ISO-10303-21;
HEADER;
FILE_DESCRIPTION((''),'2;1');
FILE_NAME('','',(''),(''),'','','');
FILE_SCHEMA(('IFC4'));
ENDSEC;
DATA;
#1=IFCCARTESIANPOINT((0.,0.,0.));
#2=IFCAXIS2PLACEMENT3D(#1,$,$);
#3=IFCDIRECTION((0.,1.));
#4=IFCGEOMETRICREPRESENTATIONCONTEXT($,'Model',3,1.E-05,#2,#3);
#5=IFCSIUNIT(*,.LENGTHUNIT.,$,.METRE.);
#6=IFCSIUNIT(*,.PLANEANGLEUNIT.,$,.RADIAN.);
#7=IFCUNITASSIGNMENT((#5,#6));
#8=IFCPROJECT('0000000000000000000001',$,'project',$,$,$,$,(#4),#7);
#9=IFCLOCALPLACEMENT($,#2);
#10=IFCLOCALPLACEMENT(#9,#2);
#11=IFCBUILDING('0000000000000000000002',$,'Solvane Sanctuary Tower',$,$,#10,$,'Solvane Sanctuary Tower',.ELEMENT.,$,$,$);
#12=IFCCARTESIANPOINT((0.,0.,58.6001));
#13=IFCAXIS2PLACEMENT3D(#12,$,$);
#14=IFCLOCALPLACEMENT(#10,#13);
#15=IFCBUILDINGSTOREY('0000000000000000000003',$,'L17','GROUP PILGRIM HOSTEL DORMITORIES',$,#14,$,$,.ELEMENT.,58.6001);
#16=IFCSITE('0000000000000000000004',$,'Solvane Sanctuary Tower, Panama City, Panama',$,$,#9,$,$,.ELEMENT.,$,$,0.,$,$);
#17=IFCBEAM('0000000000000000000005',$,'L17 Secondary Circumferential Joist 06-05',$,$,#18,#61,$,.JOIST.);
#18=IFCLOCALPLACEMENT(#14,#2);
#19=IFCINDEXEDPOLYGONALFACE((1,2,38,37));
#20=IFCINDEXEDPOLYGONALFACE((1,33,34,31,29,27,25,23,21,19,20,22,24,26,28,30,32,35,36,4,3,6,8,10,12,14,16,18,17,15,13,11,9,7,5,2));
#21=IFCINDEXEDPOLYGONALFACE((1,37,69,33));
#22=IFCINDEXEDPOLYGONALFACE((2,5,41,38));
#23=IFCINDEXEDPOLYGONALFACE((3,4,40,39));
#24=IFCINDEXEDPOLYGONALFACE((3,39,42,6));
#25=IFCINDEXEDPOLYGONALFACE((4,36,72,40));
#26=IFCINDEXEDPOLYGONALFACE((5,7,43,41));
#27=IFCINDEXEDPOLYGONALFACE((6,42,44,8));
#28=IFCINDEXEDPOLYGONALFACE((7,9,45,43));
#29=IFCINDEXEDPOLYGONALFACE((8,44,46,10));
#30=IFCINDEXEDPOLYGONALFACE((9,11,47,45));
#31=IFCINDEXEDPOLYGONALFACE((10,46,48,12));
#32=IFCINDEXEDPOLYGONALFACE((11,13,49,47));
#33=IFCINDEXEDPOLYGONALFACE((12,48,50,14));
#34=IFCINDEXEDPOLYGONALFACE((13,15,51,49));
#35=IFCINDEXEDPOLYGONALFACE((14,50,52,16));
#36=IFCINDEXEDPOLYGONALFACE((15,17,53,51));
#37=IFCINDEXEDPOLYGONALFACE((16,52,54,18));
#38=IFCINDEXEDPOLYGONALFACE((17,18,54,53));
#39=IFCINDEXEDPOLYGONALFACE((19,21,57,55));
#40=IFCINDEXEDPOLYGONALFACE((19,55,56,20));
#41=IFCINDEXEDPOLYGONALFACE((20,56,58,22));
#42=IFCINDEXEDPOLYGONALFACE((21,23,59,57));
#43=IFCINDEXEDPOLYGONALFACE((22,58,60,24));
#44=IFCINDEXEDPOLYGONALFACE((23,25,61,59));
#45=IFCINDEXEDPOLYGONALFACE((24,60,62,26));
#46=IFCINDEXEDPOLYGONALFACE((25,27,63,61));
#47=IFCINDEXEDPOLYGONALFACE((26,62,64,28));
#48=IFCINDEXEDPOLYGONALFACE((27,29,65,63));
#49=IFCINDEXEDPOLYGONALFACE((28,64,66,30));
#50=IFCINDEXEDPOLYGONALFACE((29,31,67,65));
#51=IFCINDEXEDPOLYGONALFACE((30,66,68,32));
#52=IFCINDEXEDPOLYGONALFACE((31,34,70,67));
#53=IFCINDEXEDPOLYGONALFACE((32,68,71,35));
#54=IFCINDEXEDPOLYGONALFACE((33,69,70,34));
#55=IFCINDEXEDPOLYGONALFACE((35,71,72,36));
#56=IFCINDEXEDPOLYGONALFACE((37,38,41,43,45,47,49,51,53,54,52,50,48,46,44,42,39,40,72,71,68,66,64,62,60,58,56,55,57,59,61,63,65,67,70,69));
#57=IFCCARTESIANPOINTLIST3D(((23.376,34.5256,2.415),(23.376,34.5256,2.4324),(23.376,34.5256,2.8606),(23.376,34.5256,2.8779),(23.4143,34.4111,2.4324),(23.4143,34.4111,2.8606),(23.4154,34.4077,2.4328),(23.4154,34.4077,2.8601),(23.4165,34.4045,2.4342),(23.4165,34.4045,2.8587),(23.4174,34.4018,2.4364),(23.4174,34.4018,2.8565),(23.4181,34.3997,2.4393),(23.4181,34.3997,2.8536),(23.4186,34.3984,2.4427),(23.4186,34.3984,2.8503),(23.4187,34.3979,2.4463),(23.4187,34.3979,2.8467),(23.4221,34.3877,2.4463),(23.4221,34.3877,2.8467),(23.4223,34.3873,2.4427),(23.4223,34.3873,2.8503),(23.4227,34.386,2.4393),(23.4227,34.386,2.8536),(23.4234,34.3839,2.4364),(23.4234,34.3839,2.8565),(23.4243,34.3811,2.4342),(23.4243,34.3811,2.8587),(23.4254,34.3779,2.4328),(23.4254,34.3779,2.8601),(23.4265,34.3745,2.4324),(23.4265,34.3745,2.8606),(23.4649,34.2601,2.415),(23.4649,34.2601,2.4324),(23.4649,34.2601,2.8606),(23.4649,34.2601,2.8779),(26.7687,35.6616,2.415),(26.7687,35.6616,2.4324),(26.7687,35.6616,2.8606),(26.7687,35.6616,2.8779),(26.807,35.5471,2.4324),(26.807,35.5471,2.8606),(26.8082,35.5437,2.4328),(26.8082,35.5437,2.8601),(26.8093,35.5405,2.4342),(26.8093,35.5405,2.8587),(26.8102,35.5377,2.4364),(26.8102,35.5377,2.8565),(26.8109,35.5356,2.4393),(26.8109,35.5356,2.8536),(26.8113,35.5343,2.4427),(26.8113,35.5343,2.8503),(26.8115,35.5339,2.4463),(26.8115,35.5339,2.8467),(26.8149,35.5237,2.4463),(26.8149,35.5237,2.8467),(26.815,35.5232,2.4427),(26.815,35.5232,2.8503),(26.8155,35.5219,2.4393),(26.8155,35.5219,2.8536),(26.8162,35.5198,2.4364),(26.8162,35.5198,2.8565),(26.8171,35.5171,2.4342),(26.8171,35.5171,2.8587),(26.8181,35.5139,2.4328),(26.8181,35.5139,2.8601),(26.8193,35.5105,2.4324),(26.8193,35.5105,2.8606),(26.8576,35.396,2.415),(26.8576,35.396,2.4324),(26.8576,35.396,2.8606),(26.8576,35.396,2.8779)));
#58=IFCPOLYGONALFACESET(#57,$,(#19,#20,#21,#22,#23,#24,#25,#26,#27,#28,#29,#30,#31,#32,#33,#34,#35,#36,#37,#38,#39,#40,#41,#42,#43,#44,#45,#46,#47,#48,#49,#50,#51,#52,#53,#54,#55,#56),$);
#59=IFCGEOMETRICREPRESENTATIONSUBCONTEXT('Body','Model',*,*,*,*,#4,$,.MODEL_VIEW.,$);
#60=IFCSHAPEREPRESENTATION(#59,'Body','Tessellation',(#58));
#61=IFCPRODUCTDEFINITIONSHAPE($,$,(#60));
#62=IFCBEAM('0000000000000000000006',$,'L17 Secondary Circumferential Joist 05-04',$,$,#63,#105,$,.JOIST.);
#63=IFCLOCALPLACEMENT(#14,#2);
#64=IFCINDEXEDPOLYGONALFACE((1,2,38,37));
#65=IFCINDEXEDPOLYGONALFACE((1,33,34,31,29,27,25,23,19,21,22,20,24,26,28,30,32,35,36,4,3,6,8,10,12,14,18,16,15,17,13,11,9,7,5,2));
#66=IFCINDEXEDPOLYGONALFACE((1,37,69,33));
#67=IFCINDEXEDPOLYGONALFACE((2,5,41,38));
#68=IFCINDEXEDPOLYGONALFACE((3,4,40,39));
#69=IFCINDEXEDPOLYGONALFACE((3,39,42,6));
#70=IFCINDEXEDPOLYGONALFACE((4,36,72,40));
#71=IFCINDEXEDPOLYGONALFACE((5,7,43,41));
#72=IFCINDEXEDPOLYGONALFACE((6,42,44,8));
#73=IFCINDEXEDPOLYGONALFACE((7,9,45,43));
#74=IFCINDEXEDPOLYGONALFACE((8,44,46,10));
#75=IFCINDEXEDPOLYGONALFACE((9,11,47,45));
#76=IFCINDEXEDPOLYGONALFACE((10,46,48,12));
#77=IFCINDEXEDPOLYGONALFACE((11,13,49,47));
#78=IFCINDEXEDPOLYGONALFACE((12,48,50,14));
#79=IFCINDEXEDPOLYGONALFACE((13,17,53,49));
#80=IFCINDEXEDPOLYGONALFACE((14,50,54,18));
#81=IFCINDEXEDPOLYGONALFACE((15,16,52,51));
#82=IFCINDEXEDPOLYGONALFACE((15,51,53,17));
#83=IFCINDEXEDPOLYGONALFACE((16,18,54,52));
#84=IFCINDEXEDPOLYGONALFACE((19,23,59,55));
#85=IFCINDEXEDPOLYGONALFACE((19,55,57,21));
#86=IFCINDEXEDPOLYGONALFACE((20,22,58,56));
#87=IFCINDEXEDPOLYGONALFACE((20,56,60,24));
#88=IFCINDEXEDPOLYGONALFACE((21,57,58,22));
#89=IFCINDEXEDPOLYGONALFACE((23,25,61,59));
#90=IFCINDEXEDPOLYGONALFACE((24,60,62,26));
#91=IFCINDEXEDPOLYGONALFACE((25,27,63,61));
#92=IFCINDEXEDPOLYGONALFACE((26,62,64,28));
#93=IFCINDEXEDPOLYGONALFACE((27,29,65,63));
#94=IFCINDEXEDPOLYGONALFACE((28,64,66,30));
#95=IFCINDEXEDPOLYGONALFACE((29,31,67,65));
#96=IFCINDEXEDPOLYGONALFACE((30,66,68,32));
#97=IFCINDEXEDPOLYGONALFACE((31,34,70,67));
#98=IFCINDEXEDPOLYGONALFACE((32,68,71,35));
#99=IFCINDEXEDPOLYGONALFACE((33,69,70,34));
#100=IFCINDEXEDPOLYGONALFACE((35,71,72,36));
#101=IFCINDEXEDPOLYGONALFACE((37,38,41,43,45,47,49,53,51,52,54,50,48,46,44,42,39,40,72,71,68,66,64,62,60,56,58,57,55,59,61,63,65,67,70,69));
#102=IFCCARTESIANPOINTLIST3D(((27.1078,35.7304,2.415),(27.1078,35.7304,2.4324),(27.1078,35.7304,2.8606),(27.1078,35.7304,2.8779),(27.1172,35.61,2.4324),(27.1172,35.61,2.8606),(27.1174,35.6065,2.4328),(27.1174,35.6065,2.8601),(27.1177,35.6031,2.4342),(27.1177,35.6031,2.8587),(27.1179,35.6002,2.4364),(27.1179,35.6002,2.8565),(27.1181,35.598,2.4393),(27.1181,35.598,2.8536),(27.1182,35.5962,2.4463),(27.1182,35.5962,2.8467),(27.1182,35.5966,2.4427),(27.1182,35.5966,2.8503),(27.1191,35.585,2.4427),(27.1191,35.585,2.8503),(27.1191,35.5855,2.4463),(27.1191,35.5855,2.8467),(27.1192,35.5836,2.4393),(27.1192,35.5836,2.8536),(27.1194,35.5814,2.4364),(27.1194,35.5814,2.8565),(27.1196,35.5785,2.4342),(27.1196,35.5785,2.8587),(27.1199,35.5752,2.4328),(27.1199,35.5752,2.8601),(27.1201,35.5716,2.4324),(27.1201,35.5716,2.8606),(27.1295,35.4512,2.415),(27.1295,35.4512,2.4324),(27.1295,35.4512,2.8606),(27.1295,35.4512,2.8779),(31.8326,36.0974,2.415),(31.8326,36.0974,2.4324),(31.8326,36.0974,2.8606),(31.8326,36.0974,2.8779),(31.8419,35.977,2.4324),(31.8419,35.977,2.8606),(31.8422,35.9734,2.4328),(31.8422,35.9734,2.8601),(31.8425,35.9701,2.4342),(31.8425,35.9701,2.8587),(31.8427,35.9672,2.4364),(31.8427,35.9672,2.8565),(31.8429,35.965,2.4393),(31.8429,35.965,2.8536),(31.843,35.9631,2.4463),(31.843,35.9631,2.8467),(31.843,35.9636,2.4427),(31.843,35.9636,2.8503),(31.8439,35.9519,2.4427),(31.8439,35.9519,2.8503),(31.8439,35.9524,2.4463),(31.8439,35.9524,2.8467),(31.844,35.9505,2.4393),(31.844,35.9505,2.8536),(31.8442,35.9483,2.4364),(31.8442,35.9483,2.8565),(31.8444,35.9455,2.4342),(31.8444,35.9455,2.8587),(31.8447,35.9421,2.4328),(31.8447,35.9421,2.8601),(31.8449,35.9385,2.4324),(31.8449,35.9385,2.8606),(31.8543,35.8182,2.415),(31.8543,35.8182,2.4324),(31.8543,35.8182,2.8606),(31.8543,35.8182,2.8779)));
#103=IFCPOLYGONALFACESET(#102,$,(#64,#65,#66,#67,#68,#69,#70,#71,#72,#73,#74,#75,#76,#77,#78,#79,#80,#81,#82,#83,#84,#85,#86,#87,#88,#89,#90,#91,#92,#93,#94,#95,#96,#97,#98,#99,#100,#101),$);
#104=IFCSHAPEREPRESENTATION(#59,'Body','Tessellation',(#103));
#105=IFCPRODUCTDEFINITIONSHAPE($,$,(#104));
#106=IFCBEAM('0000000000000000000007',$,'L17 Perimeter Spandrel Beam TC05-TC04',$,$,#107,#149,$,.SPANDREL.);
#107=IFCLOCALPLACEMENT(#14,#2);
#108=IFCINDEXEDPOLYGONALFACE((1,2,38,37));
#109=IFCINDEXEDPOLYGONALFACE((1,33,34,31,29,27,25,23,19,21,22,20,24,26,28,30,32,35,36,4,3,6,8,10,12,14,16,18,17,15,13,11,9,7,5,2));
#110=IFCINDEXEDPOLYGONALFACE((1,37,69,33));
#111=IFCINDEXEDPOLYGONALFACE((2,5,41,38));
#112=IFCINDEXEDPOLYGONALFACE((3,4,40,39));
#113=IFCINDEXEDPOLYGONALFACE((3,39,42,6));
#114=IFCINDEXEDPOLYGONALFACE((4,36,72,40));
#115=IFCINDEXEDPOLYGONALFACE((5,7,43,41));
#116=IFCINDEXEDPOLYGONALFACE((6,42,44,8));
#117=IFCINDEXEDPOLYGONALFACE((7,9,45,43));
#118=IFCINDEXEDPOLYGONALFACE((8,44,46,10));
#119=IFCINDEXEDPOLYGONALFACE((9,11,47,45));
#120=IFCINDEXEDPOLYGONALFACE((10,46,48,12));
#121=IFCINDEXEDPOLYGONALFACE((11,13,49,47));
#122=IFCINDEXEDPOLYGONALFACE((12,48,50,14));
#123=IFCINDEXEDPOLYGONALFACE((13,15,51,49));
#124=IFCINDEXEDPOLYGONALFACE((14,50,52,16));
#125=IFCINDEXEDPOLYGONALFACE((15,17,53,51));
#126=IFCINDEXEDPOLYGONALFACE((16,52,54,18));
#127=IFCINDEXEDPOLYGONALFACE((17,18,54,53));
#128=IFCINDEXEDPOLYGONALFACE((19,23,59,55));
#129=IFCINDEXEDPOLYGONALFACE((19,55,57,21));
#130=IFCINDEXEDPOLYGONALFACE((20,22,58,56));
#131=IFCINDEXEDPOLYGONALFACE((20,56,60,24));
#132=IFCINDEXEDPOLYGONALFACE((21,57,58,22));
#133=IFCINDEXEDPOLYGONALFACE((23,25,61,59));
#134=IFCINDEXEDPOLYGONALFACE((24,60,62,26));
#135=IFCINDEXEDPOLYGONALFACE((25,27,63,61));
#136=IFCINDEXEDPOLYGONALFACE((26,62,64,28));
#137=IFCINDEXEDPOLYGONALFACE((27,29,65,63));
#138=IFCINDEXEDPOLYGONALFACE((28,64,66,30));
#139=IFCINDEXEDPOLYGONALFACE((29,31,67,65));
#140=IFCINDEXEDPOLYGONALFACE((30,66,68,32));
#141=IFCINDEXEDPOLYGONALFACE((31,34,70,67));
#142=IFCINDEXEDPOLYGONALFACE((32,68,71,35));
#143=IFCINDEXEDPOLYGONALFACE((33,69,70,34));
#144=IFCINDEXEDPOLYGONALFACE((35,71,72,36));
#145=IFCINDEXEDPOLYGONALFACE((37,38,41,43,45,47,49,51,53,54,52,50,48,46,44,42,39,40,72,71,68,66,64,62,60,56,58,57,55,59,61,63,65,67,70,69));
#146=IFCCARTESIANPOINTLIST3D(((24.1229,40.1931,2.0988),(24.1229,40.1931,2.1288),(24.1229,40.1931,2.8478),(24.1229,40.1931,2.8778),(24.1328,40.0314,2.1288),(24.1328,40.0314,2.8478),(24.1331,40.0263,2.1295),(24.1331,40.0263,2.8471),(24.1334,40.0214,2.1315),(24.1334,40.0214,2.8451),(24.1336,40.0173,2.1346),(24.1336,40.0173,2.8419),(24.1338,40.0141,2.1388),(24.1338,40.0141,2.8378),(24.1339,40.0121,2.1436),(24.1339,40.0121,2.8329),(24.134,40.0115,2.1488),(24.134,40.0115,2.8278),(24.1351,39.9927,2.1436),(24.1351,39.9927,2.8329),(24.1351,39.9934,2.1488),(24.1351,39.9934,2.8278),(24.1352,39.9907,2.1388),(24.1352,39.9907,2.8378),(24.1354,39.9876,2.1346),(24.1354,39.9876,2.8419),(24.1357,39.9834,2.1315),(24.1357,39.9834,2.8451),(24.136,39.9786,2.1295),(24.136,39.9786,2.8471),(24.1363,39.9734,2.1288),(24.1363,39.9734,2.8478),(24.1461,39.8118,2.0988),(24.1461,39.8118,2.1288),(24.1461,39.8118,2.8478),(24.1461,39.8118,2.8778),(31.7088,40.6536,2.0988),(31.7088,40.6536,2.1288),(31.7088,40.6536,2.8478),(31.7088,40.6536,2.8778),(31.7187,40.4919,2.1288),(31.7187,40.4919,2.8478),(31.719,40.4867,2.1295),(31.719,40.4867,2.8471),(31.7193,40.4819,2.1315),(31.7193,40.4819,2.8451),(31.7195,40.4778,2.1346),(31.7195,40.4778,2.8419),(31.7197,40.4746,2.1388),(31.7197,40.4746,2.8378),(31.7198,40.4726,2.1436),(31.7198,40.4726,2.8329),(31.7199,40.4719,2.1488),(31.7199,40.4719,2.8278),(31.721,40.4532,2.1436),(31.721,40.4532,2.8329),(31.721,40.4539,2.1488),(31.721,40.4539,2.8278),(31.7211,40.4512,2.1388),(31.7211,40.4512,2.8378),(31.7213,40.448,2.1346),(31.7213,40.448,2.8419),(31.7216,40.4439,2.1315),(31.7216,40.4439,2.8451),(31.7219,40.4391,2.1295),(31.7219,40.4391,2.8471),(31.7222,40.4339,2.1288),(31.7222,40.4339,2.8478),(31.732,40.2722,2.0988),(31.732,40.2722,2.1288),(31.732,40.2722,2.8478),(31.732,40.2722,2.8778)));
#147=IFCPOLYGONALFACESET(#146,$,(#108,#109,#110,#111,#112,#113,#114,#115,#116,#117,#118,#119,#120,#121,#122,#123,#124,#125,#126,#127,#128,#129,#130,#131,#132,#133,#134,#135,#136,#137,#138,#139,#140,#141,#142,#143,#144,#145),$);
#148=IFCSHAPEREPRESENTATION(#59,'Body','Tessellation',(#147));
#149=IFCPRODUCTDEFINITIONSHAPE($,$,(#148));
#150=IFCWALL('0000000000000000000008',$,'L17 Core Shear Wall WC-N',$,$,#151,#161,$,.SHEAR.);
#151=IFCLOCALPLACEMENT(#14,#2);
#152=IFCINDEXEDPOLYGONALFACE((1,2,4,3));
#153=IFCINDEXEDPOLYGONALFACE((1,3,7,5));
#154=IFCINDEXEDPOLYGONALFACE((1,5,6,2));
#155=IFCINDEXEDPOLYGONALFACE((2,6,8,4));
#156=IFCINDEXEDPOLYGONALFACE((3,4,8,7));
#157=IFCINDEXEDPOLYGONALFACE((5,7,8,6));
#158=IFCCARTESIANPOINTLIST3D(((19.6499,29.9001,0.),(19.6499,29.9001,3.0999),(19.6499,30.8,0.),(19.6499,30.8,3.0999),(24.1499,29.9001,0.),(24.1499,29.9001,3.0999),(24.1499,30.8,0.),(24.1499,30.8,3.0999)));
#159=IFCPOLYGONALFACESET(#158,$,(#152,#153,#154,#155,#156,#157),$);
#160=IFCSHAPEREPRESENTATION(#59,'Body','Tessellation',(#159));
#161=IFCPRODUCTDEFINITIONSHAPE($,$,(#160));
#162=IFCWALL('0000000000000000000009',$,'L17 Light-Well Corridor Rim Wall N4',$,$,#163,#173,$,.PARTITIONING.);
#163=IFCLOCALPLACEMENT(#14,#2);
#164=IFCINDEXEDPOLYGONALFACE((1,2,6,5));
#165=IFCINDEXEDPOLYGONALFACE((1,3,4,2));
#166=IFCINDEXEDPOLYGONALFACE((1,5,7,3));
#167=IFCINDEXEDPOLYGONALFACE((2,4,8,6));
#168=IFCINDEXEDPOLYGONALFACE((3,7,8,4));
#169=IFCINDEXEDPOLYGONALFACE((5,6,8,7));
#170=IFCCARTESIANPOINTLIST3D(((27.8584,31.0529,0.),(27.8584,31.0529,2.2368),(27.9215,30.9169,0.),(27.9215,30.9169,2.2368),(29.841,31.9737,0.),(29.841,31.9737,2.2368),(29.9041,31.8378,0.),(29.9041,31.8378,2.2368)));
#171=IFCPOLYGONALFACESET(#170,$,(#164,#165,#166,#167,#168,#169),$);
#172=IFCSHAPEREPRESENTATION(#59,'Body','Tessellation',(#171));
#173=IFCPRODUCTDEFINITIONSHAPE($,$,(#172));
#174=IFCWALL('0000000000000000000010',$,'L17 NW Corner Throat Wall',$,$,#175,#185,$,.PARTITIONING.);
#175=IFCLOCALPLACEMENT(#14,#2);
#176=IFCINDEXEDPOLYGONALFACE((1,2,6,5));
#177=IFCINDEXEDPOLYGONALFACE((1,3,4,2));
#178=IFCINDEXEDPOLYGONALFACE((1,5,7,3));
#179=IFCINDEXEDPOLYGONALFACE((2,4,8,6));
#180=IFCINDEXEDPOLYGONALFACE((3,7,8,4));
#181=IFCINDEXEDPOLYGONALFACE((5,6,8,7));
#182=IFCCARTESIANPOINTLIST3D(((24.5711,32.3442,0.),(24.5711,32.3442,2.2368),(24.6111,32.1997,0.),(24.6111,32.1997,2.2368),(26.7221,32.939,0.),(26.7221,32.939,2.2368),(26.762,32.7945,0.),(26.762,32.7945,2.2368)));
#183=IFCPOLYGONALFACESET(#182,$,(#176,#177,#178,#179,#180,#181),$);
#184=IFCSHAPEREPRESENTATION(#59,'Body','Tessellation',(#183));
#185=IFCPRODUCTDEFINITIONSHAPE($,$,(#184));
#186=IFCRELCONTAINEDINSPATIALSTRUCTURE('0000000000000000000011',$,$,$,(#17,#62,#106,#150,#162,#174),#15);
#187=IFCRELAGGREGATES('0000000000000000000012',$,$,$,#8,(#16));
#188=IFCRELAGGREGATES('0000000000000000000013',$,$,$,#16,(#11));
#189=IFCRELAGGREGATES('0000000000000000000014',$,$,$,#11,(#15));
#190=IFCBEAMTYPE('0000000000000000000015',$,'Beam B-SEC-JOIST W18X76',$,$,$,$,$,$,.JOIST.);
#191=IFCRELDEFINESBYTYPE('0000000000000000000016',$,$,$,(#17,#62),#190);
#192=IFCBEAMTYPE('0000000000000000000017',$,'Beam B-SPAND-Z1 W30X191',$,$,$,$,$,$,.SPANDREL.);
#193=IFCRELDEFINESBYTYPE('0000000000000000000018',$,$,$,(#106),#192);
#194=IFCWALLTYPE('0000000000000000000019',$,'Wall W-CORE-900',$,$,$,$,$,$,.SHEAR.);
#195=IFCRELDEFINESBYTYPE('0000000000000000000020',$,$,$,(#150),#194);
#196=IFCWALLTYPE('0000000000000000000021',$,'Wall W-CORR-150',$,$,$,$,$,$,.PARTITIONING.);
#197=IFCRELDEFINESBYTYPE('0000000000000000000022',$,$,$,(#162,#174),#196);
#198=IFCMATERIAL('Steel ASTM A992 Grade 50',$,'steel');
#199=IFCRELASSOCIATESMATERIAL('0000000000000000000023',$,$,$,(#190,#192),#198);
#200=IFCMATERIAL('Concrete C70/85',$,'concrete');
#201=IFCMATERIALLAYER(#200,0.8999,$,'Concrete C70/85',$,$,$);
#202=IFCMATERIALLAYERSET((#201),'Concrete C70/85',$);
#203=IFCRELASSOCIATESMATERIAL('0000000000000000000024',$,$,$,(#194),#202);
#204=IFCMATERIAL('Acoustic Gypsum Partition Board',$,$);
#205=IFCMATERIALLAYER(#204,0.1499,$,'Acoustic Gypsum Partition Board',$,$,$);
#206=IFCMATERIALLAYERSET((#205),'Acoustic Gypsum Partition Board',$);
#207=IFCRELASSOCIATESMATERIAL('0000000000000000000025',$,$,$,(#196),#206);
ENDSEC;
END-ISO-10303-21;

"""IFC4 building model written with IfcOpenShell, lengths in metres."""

from ifc_helpers import new_model, si_unit, direction, frame, frame_2d, origin, origin_2d, place, context, subcontext, project, spatial, rectangle, i_section, extrude, material, layer, layer_set, material_profile, profile_set, type_object, element, save


model = new_model("IFC4")

# Units and contexts
model_context = context("Model", 3, precision=1e-05, world=origin(), true_north=direction((0.0, 1.0)))
body_context = subcontext(model_context, "Body", "Model", "MODEL_VIEW")
ifc_project = project(units=[si_unit("LENGTHUNIT", "METRE"), si_unit("PLANEANGLEUNIT", "RADIAN")], contexts=[model_context])

# Site, building, storey
site_placement = place(None, origin())
site = spatial("IfcSite", under=ifc_project, at=site_placement, Name="Solvane Sanctuary Tower, Panama City, Panama", CompositionType="ELEMENT", RefElevation=0.0)
building_placement = place(site_placement, origin())
building = spatial("IfcBuilding", under=site, at=building_placement, Name="Solvane Sanctuary Tower", LongName="Solvane Sanctuary Tower", CompositionType="ELEMENT")
storey_placement = place(building_placement, frame((0.0, 0.0, 58.6001)))
storey = spatial("IfcBuildingStorey", under=building, at=storey_placement, Name="L17", Description="GROUP PILGRIM HOSTEL DORMITORIES", CompositionType="ELEMENT", Elevation=58.6001)

# Shared definitions
ifc_material_1 = material(Name="Concrete C70/85", Category="concrete")

# Beams
ifc_material_2 = material(Name="Steel ASTM A992 Grade 50", Category="steel")
ifc_material_profile_1 = material_profile(ifc_material_2, i_section(OverallWidth=0.28, OverallDepth=0.4629, WebThickness=0.0107, FlangeThickness=0.0173, FilletRadius=0.0139, at=origin_2d()), Name="W18X76")
ifc_profile_set_1 = profile_set([ifc_material_profile_1], Name="Steel ASTM A992 Grade 50")
beam_type_1 = type_object("IfcBeamType", Name="Beam B-SEC-JOIST W18X76", PredefinedType="JOIST", material=ifc_profile_set_1)
beam_1_placement = place(storey_placement, frame((23.4204, 34.3928, 2.6465), z_axis=(0.948259, 0.317497, 0.0), x_axis=(-0.317497, 0.948259, 0.0)))
element("IfcBeam", 1, at=beam_1_placement, inside=storey, type_object=beam_type_1, Name="L17 Secondary Circumferential Joist 06-05", PredefinedType="JOIST", context=body_context, shape_type="SweptSolid", body=[
    extrude(i_section(OverallWidth=0.28, OverallDepth=0.4629, WebThickness=0.0107, FlangeThickness=0.0173, FilletRadius=0.0139, at=origin_2d()), origin(), (0.0, 0.0, 1.0), 3.5779),
])
beam_2_placement = place(storey_placement, frame((27.1187, 35.5908, 2.6465), z_axis=(0.996998, 0.077429, 0.0), x_axis=(-0.077429, 0.996998, 0.0)))
element("IfcBeam", 2, at=beam_2_placement, inside=storey, type_object=beam_type_1, Name="L17 Secondary Circumferential Joist 05-04", PredefinedType="JOIST", context=body_context, shape_type="SweptSolid", body=[
    extrude(i_section(OverallWidth=0.28, OverallDepth=0.4629, WebThickness=0.0107, FlangeThickness=0.0173, FilletRadius=0.0139, at=origin_2d()), origin(), (0.0, 0.0, 1.0), 4.739),
])
ifc_material_profile_2 = material_profile(ifc_material_2, i_section(OverallWidth=0.3821, OverallDepth=0.7791, WebThickness=0.0181, FlangeThickness=0.03, FilletRadius=0.02, at=origin_2d()), Name="W30X191")
ifc_profile_set_2 = profile_set([ifc_material_profile_2], Name="Steel ASTM A992 Grade 50")
beam_type_2 = type_object("IfcBeamType", Name="Beam B-SPAND-Z1 W30X191", PredefinedType="SPANDREL", material=ifc_profile_set_2)
beam_3_placement = place(storey_placement, frame((24.1345, 40.0024, 2.4883), z_axis=(0.998163, 0.060586, 0.0), x_axis=(-0.060586, 0.998163, 0.0)))
element("IfcBeam", 3, at=beam_3_placement, inside=storey, type_object=beam_type_2, Name="L17 Perimeter Spandrel Beam TC05-TC04", PredefinedType="SPANDREL", context=body_context, shape_type="SweptSolid", body=[
    extrude(i_section(OverallWidth=0.3821, OverallDepth=0.7791, WebThickness=0.0181, FlangeThickness=0.03, FilletRadius=0.02, at=origin_2d()), origin(), (0.0, 0.0, 1.0), 7.5999),
])

# Walls
ifc_layer_1 = layer(ifc_material_1, 0.8999, Name="Concrete C70/85")
ifc_layer_set_1 = layer_set([ifc_layer_1], Name="Concrete C70/85")
wall_type_1 = type_object("IfcWallType", Name="Wall W-CORE-900", PredefinedType="SHEAR", material=ifc_layer_set_1)
wall_1_placement = place(storey_placement, frame((19.6499, 30.3501, 0.0), z_axis=(0.0, 0.0, 1.0), x_axis=(1.0, 0.0, 0.0)))
element("IfcWall", 4, at=wall_1_placement, inside=storey, type_object=wall_type_1, Name="L17 Core Shear Wall WC-N", PredefinedType="SHEAR", context=body_context, shape_type="SweptSolid", body=[
    extrude(rectangle(XDim=4.5, YDim=0.8999, at=frame_2d((2.25, 0.0))), origin(), (0.0, 0.0, 1.0), 3.0999),
])
ifc_material_3 = material(Name="Acoustic Gypsum Partition Board")
ifc_layer_2 = layer(ifc_material_3, 0.1499, Name="Acoustic Gypsum Partition Board")
ifc_layer_set_2 = layer_set([ifc_layer_2], Name="Acoustic Gypsum Partition Board")
wall_type_2 = type_object("IfcWallType", Name="Wall W-CORR-150", PredefinedType="PARTITIONING", material=ifc_layer_set_2)
wall_2_placement = place(storey_placement, frame((29.8726, 31.9058, 0.0), z_axis=(0.0, 0.0, 1.0), x_axis=(-0.906943, -0.421252, 0.0)))
element("IfcWall", 5, at=wall_2_placement, inside=storey, type_object=wall_type_2, Name="L17 Light-Well Corridor Rim Wall N4", PredefinedType="PARTITIONING", context=body_context, shape_type="SweptSolid", body=[
    extrude(rectangle(XDim=2.186, YDim=0.1499, at=frame_2d((1.093, 0.0))), origin(), (0.0, 0.0, 1.0), 2.2368),
])
wall_3_placement = place(storey_placement, frame((26.7419, 32.8667, 0.0), z_axis=(0.0, 0.0, 1.0), x_axis=(-0.963834, -0.266504, 0.0)))
element("IfcWall", 6, at=wall_3_placement, inside=storey, type_object=wall_type_2, Name="L17 NW Corner Throat Wall", PredefinedType="PARTITIONING", context=body_context, shape_type="SweptSolid", body=[
    extrude(rectangle(XDim=2.2317, YDim=0.1499, at=frame_2d((1.1157, 0.0))), origin(), (0.0, 0.0, 1.0), 2.2368),
])

save(model, "model.ifc")
